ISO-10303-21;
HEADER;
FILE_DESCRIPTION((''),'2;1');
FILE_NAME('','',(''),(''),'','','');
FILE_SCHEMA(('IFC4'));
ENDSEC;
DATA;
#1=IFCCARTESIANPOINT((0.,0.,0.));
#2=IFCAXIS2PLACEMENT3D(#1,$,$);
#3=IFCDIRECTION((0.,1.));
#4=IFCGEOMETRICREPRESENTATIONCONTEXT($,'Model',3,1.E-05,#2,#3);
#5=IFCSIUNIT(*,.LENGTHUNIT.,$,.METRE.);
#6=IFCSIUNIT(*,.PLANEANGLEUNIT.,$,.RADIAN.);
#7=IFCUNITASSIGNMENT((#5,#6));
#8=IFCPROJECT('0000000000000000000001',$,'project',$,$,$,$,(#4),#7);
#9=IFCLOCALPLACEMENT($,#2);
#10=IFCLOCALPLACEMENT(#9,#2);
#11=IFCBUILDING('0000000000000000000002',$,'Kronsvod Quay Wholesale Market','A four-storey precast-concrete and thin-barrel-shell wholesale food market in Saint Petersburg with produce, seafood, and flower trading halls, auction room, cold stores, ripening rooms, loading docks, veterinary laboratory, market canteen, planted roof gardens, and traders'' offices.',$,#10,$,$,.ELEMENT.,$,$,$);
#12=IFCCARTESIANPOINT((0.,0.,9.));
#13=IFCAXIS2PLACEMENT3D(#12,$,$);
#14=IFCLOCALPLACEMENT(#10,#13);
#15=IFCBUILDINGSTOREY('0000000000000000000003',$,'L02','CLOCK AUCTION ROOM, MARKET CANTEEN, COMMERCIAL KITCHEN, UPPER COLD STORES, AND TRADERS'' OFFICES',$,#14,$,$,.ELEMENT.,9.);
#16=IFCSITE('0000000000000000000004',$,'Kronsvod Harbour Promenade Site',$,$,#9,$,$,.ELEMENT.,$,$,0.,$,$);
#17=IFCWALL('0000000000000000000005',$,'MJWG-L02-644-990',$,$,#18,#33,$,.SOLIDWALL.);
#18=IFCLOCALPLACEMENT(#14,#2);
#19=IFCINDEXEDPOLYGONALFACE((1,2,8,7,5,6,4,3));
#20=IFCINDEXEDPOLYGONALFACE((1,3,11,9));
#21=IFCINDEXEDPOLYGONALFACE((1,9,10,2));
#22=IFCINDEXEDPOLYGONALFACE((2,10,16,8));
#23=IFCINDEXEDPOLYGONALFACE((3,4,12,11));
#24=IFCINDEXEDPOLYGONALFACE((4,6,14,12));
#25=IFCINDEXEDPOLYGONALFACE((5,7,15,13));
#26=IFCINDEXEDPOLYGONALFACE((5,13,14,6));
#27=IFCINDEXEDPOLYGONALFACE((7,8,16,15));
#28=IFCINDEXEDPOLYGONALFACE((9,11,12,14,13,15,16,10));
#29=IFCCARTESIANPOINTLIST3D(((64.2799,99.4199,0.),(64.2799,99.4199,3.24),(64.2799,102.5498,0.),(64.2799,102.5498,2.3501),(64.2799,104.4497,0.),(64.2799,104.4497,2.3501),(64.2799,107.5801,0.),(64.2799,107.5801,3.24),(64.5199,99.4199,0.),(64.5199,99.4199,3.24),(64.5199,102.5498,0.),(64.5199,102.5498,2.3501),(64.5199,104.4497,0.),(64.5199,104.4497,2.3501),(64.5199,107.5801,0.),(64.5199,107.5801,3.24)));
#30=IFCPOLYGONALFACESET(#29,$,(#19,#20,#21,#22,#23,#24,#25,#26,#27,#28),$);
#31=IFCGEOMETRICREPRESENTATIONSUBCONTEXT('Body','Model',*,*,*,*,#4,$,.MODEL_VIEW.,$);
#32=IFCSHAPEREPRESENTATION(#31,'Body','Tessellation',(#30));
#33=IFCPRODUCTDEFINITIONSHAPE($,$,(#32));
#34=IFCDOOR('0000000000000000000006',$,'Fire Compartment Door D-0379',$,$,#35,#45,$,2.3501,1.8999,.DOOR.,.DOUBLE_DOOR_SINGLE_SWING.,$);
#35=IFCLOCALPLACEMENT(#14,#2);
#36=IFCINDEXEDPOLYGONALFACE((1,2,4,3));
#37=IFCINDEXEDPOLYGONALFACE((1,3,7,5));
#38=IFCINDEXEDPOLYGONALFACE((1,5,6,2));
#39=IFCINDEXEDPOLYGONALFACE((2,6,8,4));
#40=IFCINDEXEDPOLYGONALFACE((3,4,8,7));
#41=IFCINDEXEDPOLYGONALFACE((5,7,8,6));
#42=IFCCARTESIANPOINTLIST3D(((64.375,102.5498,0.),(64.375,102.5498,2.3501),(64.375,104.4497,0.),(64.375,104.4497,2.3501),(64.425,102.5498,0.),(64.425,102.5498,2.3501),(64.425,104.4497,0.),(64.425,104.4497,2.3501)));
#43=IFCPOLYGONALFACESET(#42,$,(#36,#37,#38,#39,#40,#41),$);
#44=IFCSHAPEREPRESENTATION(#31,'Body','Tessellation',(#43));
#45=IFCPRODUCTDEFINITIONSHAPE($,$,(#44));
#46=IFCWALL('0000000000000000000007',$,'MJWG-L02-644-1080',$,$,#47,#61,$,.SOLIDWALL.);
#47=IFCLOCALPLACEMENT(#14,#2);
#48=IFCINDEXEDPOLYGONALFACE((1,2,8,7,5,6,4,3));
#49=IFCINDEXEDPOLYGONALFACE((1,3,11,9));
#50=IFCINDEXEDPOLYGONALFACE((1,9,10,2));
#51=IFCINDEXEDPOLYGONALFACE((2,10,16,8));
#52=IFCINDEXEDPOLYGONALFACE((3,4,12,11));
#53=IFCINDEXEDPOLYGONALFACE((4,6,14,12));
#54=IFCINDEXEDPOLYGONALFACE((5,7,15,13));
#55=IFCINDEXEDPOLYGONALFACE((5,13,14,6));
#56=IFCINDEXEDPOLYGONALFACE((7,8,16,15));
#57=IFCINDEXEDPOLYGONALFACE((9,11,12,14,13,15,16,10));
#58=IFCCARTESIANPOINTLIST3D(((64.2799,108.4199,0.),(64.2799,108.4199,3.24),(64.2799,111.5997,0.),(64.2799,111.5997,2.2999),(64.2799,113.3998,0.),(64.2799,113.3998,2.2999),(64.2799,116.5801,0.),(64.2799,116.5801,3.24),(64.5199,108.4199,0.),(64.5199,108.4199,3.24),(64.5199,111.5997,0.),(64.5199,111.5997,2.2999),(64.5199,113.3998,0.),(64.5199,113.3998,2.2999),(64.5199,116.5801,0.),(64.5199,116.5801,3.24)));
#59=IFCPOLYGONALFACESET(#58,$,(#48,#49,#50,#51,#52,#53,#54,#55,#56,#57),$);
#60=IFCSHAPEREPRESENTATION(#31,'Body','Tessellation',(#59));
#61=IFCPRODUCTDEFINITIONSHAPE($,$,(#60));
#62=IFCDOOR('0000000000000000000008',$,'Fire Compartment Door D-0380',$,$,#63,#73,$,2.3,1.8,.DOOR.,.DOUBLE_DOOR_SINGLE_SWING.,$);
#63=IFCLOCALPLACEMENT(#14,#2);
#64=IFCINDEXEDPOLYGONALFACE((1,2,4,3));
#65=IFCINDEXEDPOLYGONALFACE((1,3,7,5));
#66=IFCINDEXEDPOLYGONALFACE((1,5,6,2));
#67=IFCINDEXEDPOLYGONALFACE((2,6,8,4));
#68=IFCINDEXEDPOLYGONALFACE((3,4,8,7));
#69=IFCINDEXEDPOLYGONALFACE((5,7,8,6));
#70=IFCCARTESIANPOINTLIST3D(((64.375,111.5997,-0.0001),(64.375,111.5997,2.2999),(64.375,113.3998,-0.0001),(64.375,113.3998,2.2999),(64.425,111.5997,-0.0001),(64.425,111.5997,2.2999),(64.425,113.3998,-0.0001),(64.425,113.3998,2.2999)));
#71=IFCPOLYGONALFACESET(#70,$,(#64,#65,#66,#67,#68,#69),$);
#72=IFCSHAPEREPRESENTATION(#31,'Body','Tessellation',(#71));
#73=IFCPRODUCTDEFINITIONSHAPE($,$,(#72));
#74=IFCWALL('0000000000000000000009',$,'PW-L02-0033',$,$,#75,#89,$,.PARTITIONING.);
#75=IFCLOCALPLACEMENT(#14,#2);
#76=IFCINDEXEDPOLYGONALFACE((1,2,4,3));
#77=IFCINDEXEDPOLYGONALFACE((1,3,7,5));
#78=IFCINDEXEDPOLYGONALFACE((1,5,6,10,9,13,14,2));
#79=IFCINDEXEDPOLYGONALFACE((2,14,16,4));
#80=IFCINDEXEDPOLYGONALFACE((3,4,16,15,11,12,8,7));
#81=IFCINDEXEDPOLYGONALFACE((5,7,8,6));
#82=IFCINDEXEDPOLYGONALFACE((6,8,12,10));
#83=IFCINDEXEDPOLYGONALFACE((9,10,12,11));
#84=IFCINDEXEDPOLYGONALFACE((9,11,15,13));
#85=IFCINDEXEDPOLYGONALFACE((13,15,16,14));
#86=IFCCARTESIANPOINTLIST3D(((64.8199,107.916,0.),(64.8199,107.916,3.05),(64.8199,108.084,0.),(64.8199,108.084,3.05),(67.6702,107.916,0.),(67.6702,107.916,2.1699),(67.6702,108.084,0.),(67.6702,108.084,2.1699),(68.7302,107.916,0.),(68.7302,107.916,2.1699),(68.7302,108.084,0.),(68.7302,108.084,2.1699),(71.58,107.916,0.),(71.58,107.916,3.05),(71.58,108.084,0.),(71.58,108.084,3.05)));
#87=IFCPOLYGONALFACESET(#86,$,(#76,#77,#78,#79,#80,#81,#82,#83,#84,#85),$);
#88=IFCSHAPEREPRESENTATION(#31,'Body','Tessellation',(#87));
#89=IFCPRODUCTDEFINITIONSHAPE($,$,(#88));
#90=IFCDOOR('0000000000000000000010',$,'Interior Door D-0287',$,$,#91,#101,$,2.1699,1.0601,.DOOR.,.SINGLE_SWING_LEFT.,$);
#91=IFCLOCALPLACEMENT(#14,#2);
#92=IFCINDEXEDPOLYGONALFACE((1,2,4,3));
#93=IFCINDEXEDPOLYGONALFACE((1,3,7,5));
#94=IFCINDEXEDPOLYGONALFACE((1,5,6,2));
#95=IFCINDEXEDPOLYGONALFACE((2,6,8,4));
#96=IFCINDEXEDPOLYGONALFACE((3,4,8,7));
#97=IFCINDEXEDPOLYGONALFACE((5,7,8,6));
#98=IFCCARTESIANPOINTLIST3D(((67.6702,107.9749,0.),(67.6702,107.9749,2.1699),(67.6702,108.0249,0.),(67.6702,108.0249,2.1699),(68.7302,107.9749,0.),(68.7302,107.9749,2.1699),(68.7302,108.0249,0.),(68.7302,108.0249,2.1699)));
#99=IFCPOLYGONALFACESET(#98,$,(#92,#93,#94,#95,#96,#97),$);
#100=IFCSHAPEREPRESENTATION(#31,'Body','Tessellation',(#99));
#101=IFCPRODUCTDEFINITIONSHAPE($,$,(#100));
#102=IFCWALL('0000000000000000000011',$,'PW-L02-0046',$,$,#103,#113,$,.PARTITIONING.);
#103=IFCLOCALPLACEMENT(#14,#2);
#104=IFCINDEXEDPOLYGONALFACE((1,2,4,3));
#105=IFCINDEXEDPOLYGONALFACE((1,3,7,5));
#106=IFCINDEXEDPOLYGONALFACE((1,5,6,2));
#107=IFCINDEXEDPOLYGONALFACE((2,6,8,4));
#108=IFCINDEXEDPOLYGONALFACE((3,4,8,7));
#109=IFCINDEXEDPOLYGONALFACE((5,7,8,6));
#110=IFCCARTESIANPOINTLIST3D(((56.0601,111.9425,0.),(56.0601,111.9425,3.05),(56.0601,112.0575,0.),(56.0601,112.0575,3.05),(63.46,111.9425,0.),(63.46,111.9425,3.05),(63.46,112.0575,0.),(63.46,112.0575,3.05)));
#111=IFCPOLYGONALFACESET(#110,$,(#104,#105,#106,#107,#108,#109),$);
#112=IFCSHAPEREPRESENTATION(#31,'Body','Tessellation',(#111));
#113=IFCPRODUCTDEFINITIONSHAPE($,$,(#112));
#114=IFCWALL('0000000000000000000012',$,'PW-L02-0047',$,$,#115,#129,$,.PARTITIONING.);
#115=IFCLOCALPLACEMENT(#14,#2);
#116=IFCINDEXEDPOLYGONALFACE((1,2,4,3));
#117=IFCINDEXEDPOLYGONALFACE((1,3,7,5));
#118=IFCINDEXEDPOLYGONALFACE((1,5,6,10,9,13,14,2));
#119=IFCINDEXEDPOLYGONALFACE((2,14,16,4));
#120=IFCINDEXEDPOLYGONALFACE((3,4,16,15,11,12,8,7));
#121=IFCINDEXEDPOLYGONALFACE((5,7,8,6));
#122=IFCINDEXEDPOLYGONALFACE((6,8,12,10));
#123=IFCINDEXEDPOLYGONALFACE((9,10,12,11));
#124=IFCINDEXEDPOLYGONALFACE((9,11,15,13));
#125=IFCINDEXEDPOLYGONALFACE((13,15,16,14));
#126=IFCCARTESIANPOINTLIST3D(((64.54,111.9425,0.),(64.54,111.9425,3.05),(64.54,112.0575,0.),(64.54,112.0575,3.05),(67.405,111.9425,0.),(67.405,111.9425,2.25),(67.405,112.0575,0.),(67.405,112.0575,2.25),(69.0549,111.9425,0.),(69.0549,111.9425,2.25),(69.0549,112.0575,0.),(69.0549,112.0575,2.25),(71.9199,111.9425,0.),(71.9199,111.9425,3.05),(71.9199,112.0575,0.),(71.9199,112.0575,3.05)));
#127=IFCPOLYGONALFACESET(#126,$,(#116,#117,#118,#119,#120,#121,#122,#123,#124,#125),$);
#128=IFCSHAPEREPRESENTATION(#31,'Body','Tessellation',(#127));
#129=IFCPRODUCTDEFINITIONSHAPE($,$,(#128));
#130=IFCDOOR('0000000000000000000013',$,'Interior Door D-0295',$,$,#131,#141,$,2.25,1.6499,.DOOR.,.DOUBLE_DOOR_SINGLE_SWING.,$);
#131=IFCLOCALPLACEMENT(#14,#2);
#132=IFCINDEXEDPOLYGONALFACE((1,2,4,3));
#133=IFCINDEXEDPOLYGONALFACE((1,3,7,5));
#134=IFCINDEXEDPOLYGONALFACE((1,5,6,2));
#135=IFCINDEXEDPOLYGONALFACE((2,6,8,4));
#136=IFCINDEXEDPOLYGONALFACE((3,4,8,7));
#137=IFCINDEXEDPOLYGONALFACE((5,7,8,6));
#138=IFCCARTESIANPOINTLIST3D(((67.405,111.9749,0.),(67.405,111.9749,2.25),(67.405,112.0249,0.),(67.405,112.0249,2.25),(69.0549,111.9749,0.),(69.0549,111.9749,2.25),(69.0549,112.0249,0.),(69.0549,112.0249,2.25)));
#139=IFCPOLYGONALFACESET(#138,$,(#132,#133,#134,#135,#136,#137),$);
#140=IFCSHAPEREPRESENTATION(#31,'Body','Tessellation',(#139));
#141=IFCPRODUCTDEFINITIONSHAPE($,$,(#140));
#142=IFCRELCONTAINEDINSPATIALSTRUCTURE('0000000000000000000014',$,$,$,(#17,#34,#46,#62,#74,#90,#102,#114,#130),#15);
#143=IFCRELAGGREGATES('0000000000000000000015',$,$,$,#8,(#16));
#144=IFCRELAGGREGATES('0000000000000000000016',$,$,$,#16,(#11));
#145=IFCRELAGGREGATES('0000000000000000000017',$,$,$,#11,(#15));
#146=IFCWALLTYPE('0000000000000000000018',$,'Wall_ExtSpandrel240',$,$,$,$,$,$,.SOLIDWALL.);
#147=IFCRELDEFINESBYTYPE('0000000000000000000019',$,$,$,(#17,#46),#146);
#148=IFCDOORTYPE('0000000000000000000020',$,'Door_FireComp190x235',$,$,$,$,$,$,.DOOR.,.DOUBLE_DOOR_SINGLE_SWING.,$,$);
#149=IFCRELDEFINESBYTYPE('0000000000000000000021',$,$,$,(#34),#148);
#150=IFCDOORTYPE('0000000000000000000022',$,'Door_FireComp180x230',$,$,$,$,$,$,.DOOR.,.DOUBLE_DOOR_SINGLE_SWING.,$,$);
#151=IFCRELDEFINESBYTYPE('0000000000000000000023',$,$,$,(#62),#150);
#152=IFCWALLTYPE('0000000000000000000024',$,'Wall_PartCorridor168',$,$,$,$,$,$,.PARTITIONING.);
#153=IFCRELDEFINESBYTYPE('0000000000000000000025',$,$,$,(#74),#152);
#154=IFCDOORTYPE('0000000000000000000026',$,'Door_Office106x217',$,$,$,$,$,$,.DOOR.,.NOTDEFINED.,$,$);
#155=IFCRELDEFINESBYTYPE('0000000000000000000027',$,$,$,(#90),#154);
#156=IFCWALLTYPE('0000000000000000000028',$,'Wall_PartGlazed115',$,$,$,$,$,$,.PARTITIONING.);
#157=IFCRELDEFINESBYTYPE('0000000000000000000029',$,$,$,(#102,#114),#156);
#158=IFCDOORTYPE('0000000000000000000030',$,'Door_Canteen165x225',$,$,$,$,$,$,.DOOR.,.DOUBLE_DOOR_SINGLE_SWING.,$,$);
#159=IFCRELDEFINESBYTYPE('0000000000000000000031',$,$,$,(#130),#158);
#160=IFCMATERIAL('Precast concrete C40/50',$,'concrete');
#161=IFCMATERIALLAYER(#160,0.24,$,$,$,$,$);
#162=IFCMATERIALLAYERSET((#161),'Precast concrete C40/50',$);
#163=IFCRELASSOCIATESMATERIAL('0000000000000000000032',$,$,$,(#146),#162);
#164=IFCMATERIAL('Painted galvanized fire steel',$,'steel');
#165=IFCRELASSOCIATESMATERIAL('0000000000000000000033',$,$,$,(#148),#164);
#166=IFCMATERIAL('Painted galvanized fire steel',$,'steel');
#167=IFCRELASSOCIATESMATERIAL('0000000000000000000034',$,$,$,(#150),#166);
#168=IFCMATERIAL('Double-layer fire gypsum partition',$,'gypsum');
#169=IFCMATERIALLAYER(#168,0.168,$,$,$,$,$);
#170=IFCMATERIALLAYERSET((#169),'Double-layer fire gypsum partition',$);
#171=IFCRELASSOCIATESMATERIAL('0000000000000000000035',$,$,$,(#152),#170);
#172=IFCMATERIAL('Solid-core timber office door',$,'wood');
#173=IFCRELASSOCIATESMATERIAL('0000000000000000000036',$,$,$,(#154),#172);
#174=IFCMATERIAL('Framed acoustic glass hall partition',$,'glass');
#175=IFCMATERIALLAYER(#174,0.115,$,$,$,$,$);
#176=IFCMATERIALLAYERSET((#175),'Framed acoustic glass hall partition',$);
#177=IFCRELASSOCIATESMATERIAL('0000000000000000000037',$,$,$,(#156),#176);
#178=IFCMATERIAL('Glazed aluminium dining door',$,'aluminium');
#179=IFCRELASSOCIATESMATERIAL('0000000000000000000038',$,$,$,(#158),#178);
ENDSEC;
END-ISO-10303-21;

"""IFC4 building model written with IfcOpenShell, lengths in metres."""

from ifc_helpers import new_model, si_unit, direction, frame, frame_2d, origin, place, context, subcontext, project, spatial, rectangle, extrude, material, layer, layer_set, type_object, element, fill, save


model = new_model("IFC4")

# Units and contexts
model_context = context("Model", 3, precision=1e-05, world=origin(), true_north=direction((0.0, 1.0)))
body_context = subcontext(model_context, "Body", "Model", "MODEL_VIEW")
ifc_project = project(units=[si_unit("LENGTHUNIT", "METRE"), si_unit("PLANEANGLEUNIT", "RADIAN")], contexts=[model_context])

# Site, building, storey
site_placement = place(None, origin())
site = spatial("IfcSite", under=ifc_project, at=site_placement, Name="Kronsvod Harbour Promenade Site", CompositionType="ELEMENT", RefElevation=0.0)
building_placement = place(site_placement, origin())
building = spatial("IfcBuilding", under=site, at=building_placement, Name="Kronsvod Quay Wholesale Market", Description="A four-storey precast-concrete and thin-barrel-shell wholesale food market in Saint Petersburg with produce, seafood, and flower trading halls, auction room, cold stores, ripening rooms, loading docks, veterinary laboratory, market canteen, planted roof gardens, and traders' offices.", CompositionType="ELEMENT")
storey_placement = place(building_placement, frame((0.0, 0.0, 9.0)))
storey = spatial("IfcBuildingStorey", under=building, at=storey_placement, Name="L02", Description="CLOCK AUCTION ROOM, MARKET CANTEEN, COMMERCIAL KITCHEN, UPPER COLD STORES, AND TRADERS' OFFICES", CompositionType="ELEMENT", Elevation=9.0)

# Walls, openings, doors
ifc_material_1 = material(Name="Precast concrete C40/50", Category="concrete")
ifc_layer_1 = layer(ifc_material_1, 0.24)
ifc_layer_set_1 = layer_set([ifc_layer_1], Name="Precast concrete C40/50")
wall_type_1 = type_object("IfcWallType", Name="Wall_ExtSpandrel240", PredefinedType="SOLIDWALL", material=ifc_layer_set_1)
ifc_material_2 = material(Name="Painted galvanized fire steel", Category="steel")
door_type_1 = type_object("IfcDoorType", Name="Door_FireComp190x235", OperationType="DOUBLE_DOOR_SINGLE_SWING", PredefinedType="DOOR", material=ifc_material_2)
ifc_material_3 = material(Name="Painted galvanized fire steel", Category="steel")
door_type_2 = type_object("IfcDoorType", Name="Door_FireComp180x230", OperationType="DOUBLE_DOOR_SINGLE_SWING", PredefinedType="DOOR", material=ifc_material_3)
wall_1_placement = place(storey_placement, frame((64.3999, 99.4199, 0.0), z_axis=(0.0, 0.0, 1.0), x_axis=(0.0, 1.0, 0.0)))
wall_1 = element("IfcWall", 1, at=wall_1_placement, inside=storey, type_object=wall_type_1, Name="MJWG-L02-644-990", PredefinedType="SOLIDWALL", context=body_context, shape_type="SweptSolid", body=[
    extrude(rectangle(XDim=8.1602, YDim=0.24, at=frame_2d((4.0801, 0.0))), origin(), (0.0, 0.0, 1.0), 3.24),
])
opening_1_placement = place(wall_1_placement, frame((3.1299, 0.0, 0.0)))
opening_1 = element("IfcOpeningElement", 2, at=opening_1_placement, cuts=wall_1, PredefinedType="OPENING", context=body_context, shape_type="SweptSolid", body=[
    extrude(rectangle(XDim=1.8999, YDim=2.3501, at=frame_2d((0.95, 1.175))), frame((0.0, 0.1299, 0.0), z_axis=(0.0, -1.0, 0.0), x_axis=(1.0, 0.0, 0.0)), (0.0, 0.0, 1.0), 0.26),
])
door_1_placement = place(opening_1_placement, origin())
door_1 = element("IfcDoor", 3, at=door_1_placement, inside=storey, type_object=door_type_1, Name="Fire Compartment Door D-0379", OperationType="DOUBLE_DOOR_SINGLE_SWING", OverallHeight=2.3501, OverallWidth=1.8999, PredefinedType="DOOR", context=body_context, shape_type="SweptSolid", body=[
    extrude(rectangle(XDim=1.8999, YDim=2.3501, at=frame_2d((0.95, 1.175))), frame((0.0, 0.0249, 0.0), z_axis=(0.0, -1.0, 0.0), x_axis=(1.0, 0.0, 0.0)), (0.0, 0.0, 1.0), 0.05),
])
fill(opening_1, door_1)
wall_2_placement = place(storey_placement, frame((64.3999, 108.4199, 0.0), z_axis=(0.0, 0.0, 1.0), x_axis=(0.0, 1.0, 0.0)))
wall_2 = element("IfcWall", 4, at=wall_2_placement, inside=storey, type_object=wall_type_1, Name="MJWG-L02-644-1080", PredefinedType="SOLIDWALL", context=body_context, shape_type="SweptSolid", body=[
    extrude(rectangle(XDim=8.1602, YDim=0.24, at=frame_2d((4.0801, 0.0))), origin(), (0.0, 0.0, 1.0), 3.24),
])
opening_2_placement = place(wall_2_placement, frame((3.1799, 0.0, 0.0)))
opening_2 = element("IfcOpeningElement", 5, at=opening_2_placement, cuts=wall_2, PredefinedType="OPENING", context=body_context, shape_type="SweptSolid", body=[
    extrude(rectangle(XDim=1.8, YDim=2.3, at=frame_2d((0.8999, 1.1499))), frame((0.0, 0.1299, 0.0), z_axis=(0.0, -1.0, 0.0), x_axis=(1.0, 0.0, 0.0)), (0.0, 0.0, 1.0), 0.26),
])
door_2_placement = place(opening_2_placement, origin())
door_2 = element("IfcDoor", 6, at=door_2_placement, inside=storey, type_object=door_type_2, Name="Fire Compartment Door D-0380", OperationType="DOUBLE_DOOR_SINGLE_SWING", OverallHeight=2.3, OverallWidth=1.8, PredefinedType="DOOR", context=body_context, shape_type="SweptSolid", body=[
    extrude(rectangle(XDim=1.8, YDim=2.3, at=frame_2d((0.8999, 1.1499))), frame((0.0, 0.0249, 0.0), z_axis=(0.0, -1.0, 0.0), x_axis=(1.0, 0.0, 0.0)), (0.0, 0.0, 1.0), 0.05),
])
fill(opening_2, door_2)
ifc_material_4 = material(Name="Double-layer fire gypsum partition", Category="gypsum")
ifc_layer_2 = layer(ifc_material_4, 0.168)
ifc_layer_set_2 = layer_set([ifc_layer_2], Name="Double-layer fire gypsum partition")
wall_type_2 = type_object("IfcWallType", Name="Wall_PartCorridor168", PredefinedType="PARTITIONING", material=ifc_layer_set_2)
wall_3_placement = place(storey_placement, frame((64.8201, 108.0, 0.0), z_axis=(0.0, 0.0, 1.0), x_axis=(1.0, 0.0, 0.0)))
wall_3 = element("IfcWall", 7, at=wall_3_placement, inside=storey, type_object=wall_type_2, Name="PW-L02-0033", PredefinedType="PARTITIONING", context=body_context, shape_type="SweptSolid", body=[
    extrude(rectangle(XDim=6.76, YDim=0.168, at=frame_2d((3.3799, 0.0))), origin(), (0.0, 0.0, 1.0), 3.05),
])
opening_3_placement = place(wall_3_placement, frame((2.8501, 0.0, 0.0)))
opening_3 = element("IfcOpeningElement", 8, at=opening_3_placement, cuts=wall_3, PredefinedType="OPENING", context=body_context, shape_type="SweptSolid", body=[
    extrude(rectangle(XDim=1.0601, YDim=2.1699, at=frame_2d((0.53, 1.085))), frame((0.0, 0.094, 0.0), z_axis=(0.0, -1.0, 0.0), x_axis=(1.0, 0.0, 0.0)), (0.0, 0.0, 1.0), 0.188),
])
ifc_material_5 = material(Name="Solid-core timber office door", Category="wood")
door_type_3 = type_object("IfcDoorType", Name="Door_Office106x217", OperationType="NOTDEFINED", PredefinedType="DOOR", material=ifc_material_5)
door_3_placement = place(opening_3_placement, origin())
door_3 = element("IfcDoor", 9, at=door_3_placement, inside=storey, type_object=door_type_3, Name="Interior Door D-0287", OperationType="SINGLE_SWING_LEFT", OverallHeight=2.1699, OverallWidth=1.0601, PredefinedType="DOOR", context=body_context, shape_type="SweptSolid", body=[
    extrude(rectangle(XDim=1.0601, YDim=2.1699, at=frame_2d((0.53, 1.085))), frame((0.0, 0.0249, 0.0), z_axis=(0.0, -1.0, 0.0), x_axis=(1.0, 0.0, 0.0)), (0.0, 0.0, 1.0), 0.05),
])
fill(opening_3, door_3)

# Wall
ifc_material_6 = material(Name="Framed acoustic glass hall partition", Category="glass")
ifc_layer_3 = layer(ifc_material_6, 0.115)
ifc_layer_set_3 = layer_set([ifc_layer_3], Name="Framed acoustic glass hall partition")
wall_type_3 = type_object("IfcWallType", Name="Wall_PartGlazed115", PredefinedType="PARTITIONING", material=ifc_layer_set_3)
wall_4_placement = place(storey_placement, frame((56.0601, 112.0, 0.0), z_axis=(0.0, 0.0, 1.0), x_axis=(1.0, 0.0, 0.0)))
element("IfcWall", 10, at=wall_4_placement, inside=storey, type_object=wall_type_3, Name="PW-L02-0046", PredefinedType="PARTITIONING", context=body_context, shape_type="SweptSolid", body=[
    extrude(rectangle(XDim=7.3999, YDim=0.115, at=frame_2d((3.7, 0.0))), origin(), (0.0, 0.0, 1.0), 3.05),
])

# Wall, opening, door
wall_5_placement = place(storey_placement, frame((64.54, 112.0, 0.0), z_axis=(0.0, 0.0, 1.0), x_axis=(1.0, 0.0, 0.0)))
wall_5 = element("IfcWall", 11, at=wall_5_placement, inside=storey, type_object=wall_type_3, Name="PW-L02-0047", PredefinedType="PARTITIONING", context=body_context, shape_type="SweptSolid", body=[
    extrude(rectangle(XDim=7.3799, YDim=0.115, at=frame_2d((3.6899, 0.0))), origin(), (0.0, 0.0, 1.0), 3.05),
])
opening_4_placement = place(wall_5_placement, frame((2.865, 0.0, 0.0)))
opening_4 = element("IfcOpeningElement", 12, at=opening_4_placement, cuts=wall_5, PredefinedType="OPENING", context=body_context, shape_type="SweptSolid", body=[
    extrude(rectangle(XDim=1.6499, YDim=2.25, at=frame_2d((0.825, 1.125))), frame((0.0, 0.0674, 0.0), z_axis=(0.0, -1.0, 0.0), x_axis=(1.0, 0.0, 0.0)), (0.0, 0.0, 1.0), 0.135),
])
ifc_material_7 = material(Name="Glazed aluminium dining door", Category="aluminium")
door_type_4 = type_object("IfcDoorType", Name="Door_Canteen165x225", OperationType="DOUBLE_DOOR_SINGLE_SWING", PredefinedType="DOOR", material=ifc_material_7)
door_4_placement = place(opening_4_placement, origin())
door_4 = element("IfcDoor", 13, at=door_4_placement, inside=storey, type_object=door_type_4, Name="Interior Door D-0295", OperationType="DOUBLE_DOOR_SINGLE_SWING", OverallHeight=2.25, OverallWidth=1.6499, PredefinedType="DOOR", context=body_context, shape_type="SweptSolid", body=[
    extrude(rectangle(XDim=1.6499, YDim=2.25, at=frame_2d((0.825, 1.125))), frame((0.0, 0.0249, 0.0), z_axis=(0.0, -1.0, 0.0), x_axis=(1.0, 0.0, 0.0)), (0.0, 0.0, 1.0), 0.05),
])
fill(opening_4, door_4)

save(model, "model.ifc")
